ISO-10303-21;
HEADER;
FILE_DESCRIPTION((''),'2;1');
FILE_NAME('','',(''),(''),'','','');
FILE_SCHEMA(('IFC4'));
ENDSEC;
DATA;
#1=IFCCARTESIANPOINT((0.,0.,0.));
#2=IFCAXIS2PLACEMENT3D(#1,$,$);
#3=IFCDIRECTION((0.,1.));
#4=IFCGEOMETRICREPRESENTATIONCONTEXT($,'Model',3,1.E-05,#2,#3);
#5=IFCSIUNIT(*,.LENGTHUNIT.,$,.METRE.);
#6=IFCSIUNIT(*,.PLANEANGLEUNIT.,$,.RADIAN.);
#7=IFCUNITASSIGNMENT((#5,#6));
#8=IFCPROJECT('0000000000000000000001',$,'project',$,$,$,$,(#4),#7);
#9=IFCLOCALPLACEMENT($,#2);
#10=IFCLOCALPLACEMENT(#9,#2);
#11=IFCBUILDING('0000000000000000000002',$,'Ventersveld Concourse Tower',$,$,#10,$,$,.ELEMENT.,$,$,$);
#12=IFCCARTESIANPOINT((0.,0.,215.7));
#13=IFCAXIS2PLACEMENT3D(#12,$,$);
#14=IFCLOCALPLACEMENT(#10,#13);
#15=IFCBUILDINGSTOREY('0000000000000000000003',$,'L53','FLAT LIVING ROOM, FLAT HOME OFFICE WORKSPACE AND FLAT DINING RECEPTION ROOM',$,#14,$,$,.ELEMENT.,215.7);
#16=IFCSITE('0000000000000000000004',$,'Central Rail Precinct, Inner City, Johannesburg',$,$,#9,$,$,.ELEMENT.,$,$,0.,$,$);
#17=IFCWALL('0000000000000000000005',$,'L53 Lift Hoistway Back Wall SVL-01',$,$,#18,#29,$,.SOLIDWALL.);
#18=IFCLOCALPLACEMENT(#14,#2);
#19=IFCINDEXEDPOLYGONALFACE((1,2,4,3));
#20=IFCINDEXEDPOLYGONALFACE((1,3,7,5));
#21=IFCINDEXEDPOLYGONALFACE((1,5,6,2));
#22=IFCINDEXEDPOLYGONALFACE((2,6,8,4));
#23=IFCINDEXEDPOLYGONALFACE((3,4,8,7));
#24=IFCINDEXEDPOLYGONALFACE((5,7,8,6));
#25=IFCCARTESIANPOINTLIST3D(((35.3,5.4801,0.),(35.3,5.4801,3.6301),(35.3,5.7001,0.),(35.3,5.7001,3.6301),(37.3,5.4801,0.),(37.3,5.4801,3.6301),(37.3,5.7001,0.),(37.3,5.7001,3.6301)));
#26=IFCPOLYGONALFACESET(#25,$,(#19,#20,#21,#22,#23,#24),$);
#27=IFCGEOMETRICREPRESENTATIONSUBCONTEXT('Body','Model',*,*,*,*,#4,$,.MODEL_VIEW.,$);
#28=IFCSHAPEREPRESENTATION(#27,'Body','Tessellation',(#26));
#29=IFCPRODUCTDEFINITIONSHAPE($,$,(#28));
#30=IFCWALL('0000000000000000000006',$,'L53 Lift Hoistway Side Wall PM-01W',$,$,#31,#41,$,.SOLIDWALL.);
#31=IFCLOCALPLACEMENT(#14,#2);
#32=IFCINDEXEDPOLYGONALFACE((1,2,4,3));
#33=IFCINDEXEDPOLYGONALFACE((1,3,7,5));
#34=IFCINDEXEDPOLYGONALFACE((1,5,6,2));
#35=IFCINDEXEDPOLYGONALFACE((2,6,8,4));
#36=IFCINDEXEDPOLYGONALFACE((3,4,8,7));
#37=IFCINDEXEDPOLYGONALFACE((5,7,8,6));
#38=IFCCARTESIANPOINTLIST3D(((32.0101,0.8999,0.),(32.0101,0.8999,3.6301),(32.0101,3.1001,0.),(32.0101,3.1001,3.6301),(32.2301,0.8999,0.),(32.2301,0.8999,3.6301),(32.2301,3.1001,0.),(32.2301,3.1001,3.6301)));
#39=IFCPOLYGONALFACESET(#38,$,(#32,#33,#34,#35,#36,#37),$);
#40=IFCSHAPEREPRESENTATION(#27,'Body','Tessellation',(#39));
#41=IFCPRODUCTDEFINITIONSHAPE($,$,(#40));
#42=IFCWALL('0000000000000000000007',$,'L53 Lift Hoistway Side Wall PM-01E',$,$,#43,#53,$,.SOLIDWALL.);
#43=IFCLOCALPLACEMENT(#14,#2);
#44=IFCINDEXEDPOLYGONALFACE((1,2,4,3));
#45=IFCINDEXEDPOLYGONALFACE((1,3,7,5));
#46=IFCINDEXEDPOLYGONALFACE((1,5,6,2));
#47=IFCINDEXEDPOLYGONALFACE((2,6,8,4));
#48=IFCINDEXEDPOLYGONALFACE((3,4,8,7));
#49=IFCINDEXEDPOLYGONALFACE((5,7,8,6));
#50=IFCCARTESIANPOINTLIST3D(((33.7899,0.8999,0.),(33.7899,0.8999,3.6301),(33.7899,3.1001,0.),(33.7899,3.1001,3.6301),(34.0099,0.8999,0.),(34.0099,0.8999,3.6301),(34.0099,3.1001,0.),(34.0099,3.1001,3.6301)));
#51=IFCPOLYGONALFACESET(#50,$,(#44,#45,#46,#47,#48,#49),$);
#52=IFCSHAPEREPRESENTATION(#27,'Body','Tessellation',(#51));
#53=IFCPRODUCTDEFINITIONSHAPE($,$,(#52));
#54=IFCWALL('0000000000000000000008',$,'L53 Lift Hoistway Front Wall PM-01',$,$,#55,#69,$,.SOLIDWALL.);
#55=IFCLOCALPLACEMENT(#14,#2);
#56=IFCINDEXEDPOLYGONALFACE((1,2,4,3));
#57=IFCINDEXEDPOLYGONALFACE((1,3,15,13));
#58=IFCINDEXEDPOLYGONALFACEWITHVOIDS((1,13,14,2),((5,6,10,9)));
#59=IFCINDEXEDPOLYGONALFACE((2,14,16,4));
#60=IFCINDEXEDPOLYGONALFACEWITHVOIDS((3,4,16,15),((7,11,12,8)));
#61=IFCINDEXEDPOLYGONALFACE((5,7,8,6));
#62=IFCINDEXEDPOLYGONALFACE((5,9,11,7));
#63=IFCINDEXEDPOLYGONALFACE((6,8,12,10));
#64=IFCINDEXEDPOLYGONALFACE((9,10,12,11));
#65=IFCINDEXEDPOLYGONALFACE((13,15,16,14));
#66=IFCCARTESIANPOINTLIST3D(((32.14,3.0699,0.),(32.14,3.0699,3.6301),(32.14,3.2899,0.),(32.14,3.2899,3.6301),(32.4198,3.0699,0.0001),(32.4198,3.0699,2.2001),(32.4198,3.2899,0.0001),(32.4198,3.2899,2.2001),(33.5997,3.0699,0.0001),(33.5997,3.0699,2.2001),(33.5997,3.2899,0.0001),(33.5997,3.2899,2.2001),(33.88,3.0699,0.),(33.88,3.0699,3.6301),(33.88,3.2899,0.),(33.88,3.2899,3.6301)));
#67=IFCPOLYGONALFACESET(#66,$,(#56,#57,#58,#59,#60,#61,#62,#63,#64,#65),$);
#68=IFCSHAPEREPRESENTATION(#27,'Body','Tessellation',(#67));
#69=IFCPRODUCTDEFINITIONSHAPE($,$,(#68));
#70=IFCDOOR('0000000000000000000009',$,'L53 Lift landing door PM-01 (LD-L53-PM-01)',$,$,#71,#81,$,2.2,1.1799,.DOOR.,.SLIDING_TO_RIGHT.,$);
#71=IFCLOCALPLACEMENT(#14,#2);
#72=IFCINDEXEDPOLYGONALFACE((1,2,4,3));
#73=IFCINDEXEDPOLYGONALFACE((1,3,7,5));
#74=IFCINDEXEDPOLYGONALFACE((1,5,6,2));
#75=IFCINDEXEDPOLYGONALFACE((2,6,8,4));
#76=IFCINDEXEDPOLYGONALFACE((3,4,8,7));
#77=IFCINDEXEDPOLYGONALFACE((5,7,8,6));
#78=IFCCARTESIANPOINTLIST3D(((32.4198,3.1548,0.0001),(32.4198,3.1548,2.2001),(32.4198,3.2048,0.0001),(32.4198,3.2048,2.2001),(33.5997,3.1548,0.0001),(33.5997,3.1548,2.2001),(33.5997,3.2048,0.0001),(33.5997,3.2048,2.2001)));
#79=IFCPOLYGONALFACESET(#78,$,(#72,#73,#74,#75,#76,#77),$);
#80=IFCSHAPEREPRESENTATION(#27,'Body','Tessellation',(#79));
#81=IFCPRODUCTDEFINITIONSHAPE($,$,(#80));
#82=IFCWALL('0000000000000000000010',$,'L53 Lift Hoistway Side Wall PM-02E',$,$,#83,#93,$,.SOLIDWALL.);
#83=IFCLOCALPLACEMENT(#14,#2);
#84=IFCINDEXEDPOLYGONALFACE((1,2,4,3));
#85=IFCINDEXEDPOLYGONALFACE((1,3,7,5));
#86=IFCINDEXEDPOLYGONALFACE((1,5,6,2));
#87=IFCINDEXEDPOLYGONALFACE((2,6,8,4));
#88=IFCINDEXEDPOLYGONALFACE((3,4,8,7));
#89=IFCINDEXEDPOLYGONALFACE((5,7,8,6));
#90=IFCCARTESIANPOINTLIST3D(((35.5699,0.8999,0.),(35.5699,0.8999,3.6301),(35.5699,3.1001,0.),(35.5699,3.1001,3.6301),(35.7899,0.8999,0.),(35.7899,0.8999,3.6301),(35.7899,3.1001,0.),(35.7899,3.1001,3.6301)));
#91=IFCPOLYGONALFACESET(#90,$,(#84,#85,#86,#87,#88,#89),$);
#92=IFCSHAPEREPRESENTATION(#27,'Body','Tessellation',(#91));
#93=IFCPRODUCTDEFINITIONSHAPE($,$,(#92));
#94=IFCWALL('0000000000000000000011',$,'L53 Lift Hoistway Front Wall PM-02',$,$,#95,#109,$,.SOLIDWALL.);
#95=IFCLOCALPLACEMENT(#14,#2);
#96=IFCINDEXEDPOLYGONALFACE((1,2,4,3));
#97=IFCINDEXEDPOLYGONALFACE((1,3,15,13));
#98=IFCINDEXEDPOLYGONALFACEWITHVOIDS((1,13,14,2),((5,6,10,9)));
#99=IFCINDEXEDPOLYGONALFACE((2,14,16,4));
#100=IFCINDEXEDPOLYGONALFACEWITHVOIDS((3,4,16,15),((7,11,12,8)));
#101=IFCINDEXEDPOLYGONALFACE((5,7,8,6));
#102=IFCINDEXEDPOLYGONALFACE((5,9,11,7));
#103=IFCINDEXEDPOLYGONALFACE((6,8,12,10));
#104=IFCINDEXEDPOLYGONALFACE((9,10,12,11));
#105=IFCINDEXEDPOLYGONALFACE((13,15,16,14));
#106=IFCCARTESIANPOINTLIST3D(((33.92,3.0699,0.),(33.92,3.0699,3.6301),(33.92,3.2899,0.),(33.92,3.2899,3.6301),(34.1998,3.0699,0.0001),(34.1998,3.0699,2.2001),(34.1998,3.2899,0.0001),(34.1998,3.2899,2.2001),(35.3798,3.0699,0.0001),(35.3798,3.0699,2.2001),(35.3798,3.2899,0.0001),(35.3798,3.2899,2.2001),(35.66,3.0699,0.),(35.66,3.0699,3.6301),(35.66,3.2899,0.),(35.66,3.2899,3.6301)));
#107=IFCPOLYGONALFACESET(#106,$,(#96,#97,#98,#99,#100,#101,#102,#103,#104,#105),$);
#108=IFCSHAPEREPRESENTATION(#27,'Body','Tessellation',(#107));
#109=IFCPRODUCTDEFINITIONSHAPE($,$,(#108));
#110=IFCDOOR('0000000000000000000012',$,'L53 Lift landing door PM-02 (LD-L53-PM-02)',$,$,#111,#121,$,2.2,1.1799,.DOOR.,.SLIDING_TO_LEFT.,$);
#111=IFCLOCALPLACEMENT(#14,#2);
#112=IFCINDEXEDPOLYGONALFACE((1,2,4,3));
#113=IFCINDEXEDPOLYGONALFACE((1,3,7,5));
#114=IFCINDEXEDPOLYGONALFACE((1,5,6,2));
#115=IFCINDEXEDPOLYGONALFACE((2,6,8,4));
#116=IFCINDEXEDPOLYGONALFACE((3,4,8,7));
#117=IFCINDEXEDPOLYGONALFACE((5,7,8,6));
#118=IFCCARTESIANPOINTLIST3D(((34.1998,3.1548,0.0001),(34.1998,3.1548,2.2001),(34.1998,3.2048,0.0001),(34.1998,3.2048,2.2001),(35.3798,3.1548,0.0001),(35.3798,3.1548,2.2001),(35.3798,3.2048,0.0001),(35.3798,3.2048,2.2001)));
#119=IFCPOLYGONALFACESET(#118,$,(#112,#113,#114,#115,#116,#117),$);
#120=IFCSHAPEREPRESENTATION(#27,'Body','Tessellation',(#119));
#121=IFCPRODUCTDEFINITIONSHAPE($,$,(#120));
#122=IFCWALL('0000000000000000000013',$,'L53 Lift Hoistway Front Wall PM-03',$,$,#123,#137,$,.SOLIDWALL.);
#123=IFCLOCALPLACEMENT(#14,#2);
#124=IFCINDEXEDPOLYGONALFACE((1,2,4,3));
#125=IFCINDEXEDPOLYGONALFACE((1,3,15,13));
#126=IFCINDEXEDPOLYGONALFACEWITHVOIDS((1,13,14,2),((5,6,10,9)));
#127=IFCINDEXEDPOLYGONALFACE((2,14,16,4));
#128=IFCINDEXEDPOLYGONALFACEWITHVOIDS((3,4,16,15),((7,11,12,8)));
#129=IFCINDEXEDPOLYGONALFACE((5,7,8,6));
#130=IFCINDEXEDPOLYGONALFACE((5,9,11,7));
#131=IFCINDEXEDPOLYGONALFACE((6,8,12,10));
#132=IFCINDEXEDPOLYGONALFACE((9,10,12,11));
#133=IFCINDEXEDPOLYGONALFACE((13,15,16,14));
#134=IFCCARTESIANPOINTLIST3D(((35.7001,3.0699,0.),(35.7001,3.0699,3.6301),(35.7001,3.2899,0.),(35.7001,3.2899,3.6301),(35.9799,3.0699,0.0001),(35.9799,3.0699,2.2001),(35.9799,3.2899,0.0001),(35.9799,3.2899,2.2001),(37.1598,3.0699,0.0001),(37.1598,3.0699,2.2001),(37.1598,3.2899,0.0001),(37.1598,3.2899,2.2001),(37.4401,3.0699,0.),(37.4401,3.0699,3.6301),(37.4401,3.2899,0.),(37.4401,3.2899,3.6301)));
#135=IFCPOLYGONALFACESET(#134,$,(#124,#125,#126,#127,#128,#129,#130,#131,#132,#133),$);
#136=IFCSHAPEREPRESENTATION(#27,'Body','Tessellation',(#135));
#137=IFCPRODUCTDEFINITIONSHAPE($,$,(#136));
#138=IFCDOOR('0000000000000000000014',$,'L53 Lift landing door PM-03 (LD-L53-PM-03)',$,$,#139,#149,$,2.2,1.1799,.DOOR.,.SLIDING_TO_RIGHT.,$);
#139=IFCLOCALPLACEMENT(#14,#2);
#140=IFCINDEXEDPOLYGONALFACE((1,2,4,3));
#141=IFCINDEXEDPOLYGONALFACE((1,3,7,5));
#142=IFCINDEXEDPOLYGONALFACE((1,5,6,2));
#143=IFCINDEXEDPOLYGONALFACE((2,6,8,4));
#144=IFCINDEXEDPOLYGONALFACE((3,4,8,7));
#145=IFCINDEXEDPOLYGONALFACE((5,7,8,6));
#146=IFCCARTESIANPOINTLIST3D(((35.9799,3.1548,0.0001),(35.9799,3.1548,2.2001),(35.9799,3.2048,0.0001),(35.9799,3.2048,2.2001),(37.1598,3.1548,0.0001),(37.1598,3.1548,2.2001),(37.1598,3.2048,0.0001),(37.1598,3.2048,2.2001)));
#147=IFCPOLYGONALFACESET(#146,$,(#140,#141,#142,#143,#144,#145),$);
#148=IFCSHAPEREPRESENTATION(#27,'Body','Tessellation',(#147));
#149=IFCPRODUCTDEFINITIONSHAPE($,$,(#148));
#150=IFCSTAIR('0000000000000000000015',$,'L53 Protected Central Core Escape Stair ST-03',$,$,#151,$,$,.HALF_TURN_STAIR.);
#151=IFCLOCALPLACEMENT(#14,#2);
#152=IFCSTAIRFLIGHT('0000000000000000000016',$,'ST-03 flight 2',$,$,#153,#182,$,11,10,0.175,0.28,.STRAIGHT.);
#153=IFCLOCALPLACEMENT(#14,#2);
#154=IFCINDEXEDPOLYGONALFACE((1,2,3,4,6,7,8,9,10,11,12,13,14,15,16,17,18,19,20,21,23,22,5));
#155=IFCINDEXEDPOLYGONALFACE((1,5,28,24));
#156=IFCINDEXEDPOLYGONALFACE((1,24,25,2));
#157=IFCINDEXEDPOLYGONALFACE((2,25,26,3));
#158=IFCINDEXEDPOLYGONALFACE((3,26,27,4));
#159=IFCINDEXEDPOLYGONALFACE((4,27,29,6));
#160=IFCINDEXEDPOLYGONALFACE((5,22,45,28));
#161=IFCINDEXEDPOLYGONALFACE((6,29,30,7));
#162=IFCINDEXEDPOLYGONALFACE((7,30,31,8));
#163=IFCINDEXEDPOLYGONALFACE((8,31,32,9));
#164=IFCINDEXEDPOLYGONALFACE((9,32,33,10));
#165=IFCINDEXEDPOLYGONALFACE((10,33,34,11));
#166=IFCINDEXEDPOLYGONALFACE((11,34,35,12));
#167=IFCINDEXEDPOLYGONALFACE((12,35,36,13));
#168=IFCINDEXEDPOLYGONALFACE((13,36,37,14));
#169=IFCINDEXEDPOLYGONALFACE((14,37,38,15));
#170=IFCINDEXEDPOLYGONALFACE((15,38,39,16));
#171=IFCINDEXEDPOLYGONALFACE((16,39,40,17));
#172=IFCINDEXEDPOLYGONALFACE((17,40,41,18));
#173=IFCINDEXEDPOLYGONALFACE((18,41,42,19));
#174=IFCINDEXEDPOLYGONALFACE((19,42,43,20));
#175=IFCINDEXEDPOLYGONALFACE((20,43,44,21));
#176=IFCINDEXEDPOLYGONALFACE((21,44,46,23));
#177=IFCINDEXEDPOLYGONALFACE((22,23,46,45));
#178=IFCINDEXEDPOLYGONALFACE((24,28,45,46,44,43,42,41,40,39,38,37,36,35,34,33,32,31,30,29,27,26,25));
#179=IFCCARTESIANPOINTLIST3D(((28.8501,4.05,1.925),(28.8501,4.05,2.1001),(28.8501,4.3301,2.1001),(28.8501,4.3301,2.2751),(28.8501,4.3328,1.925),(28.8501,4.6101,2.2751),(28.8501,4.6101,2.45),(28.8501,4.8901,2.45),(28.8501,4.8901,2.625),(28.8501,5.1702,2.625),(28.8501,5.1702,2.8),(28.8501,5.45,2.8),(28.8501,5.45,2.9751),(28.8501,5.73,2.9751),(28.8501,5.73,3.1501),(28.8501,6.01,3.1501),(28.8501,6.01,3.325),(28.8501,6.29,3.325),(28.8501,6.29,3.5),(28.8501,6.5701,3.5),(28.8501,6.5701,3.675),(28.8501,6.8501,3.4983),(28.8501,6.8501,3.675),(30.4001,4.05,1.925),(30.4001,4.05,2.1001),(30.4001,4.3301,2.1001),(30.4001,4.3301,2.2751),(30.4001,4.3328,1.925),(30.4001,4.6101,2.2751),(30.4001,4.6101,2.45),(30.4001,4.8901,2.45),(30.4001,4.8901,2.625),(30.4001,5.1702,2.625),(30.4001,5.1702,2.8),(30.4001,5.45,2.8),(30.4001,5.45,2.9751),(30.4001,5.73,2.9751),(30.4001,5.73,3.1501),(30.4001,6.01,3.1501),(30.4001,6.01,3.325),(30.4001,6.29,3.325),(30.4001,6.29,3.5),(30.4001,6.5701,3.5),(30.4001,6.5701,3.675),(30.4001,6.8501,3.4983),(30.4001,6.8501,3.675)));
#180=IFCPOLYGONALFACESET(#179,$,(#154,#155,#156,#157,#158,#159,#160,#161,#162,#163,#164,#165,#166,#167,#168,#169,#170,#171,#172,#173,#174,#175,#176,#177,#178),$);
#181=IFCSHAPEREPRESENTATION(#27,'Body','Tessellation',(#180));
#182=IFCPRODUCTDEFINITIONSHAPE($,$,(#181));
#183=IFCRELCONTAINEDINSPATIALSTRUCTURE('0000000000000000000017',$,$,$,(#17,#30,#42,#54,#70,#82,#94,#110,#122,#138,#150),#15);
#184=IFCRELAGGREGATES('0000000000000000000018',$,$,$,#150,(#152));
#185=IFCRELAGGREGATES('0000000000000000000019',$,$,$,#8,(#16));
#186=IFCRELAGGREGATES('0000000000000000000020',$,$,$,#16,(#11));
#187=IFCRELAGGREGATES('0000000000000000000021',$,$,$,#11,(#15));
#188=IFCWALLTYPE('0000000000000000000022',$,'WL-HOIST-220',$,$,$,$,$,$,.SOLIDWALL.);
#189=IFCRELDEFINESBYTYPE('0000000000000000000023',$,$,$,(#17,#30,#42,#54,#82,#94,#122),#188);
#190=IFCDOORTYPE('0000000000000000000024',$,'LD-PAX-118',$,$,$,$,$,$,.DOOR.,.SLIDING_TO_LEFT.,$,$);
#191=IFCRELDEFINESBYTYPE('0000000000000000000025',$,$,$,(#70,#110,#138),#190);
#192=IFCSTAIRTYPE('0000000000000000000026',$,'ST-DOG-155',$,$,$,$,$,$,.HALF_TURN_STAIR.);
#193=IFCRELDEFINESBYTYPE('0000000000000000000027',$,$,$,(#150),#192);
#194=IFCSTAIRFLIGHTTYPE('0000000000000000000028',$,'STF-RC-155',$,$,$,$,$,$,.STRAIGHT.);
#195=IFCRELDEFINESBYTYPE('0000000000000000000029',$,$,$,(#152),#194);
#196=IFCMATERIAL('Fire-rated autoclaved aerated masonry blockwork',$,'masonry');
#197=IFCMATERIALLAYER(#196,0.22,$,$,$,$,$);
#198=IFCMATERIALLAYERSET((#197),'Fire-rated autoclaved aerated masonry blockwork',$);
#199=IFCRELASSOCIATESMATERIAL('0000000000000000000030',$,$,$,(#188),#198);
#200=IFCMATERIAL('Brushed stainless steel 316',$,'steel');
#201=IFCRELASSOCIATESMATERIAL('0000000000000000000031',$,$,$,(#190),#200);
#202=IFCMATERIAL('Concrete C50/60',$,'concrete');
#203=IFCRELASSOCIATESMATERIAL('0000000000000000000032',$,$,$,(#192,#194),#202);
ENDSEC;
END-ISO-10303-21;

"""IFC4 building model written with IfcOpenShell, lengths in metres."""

from ifc_helpers import new_model, si_unit, direction, frame, frame_2d, origin, place, context, subcontext, project, spatial, polyline, rectangle, outline, extrude, material, layer, layer_set, type_object, element, fill, aggregate, save


model = new_model("IFC4")

# Units and contexts
model_context = context("Model", 3, precision=1e-05, world=origin(), true_north=direction((0.0, 1.0)))
body_context = subcontext(model_context, "Body", "Model", "MODEL_VIEW")
ifc_project = project(units=[si_unit("LENGTHUNIT", "METRE"), si_unit("PLANEANGLEUNIT", "RADIAN")], contexts=[model_context])

# Site, building, storey
site_placement = place(None, origin())
site = spatial("IfcSite", under=ifc_project, at=site_placement, Name="Central Rail Precinct, Inner City, Johannesburg", CompositionType="ELEMENT", RefElevation=0.0)
building_placement = place(site_placement, origin())
building = spatial("IfcBuilding", under=site, at=building_placement, Name="Ventersveld Concourse Tower", CompositionType="ELEMENT")
storey_placement = place(building_placement, frame((0.0, 0.0, 215.7)))
storey = spatial("IfcBuildingStorey", under=building, at=storey_placement, Name="L53", Description="FLAT LIVING ROOM, FLAT HOME OFFICE WORKSPACE AND FLAT DINING RECEPTION ROOM", CompositionType="ELEMENT", Elevation=215.7)

# Shared definitions
ifc_material_1 = material(Name="Concrete C50/60", Category="concrete")

# Walls
ifc_material_2 = material(Name="Fire-rated autoclaved aerated masonry blockwork", Category="masonry")
ifc_layer_1 = layer(ifc_material_2, 0.22)
ifc_layer_set_1 = layer_set([ifc_layer_1], Name="Fire-rated autoclaved aerated masonry blockwork")
wall_type_1 = type_object("IfcWallType", Name="WL-HOIST-220", PredefinedType="SOLIDWALL", material=ifc_layer_set_1)
wall_1_placement = place(storey_placement, frame((35.3, 5.5901, 0.0), z_axis=(0.0, 0.0, 1.0), x_axis=(1.0, 0.0, 0.0)))
element("IfcWall", 1, at=wall_1_placement, inside=storey, type_object=wall_type_1, Name="L53 Lift Hoistway Back Wall SVL-01", PredefinedType="SOLIDWALL", context=body_context, shape_type="SweptSolid", body=[
    extrude(rectangle(XDim=2.0, YDim=0.22, at=frame_2d((1.0, 0.0))), origin(), (0.0, 0.0, 1.0), 3.6301),
])
for number, where, z_axis, x_axis, name in (
    (2, (32.1201, 0.8999, 0.0), (0.0, 0.0, 1.0), (0.0, 1.0, 0.0), "L53 Lift Hoistway Side Wall PM-01W"),
    (3, (33.8999, 0.8999, 0.0), (0.0, 0.0, 1.0), (0.0, 1.0, 0.0), "L53 Lift Hoistway Side Wall PM-01E"),
):
    element("IfcWall", number, at=place(storey_placement, frame(where, z_axis=z_axis, x_axis=x_axis)), inside=storey, type_object=wall_type_1, Name=name, PredefinedType="SOLIDWALL", context=body_context, shape_type="SweptSolid", body=[
        extrude(rectangle(XDim=2.2002, YDim=0.22, at=frame_2d((1.1001, 0.0))), origin(), (0.0, 0.0, 1.0), 3.6301),
    ])

# Wall, opening, door
wall_2_placement = place(storey_placement, frame((32.1399, 3.1799, 0.0), z_axis=(0.0, 0.0, 1.0), x_axis=(1.0, 0.0, 0.0)))
wall_2 = element("IfcWall", 4, at=wall_2_placement, inside=storey, type_object=wall_type_1, Name="L53 Lift Hoistway Front Wall PM-01", PredefinedType="SOLIDWALL", context=body_context, shape_type="SweptSolid", body=[
    extrude(rectangle(XDim=1.74, YDim=0.22, at=frame_2d((0.8701, 0.0))), origin(), (0.0, 0.0, 1.0), 3.6301),
])
opening_1_placement = place(wall_2_placement, frame((0.28, 0.0, 0.0)))
opening_1 = element("IfcOpeningElement", 5, at=opening_1_placement, cuts=wall_2, PredefinedType="OPENING", context=body_context, shape_type="SweptSolid", body=[
    extrude(rectangle(XDim=1.1799, YDim=2.2, at=frame_2d((0.5898, 1.1001))), frame((0.0, 0.1201, 0.0), z_axis=(0.0, -1.0, 0.0), x_axis=(1.0, 0.0, 0.0)), (0.0, 0.0, 1.0), 0.24),
])
ifc_material_3 = material(Name="Brushed stainless steel 316", Category="steel")
door_type = type_object("IfcDoorType", Name="LD-PAX-118", OperationType="SLIDING_TO_LEFT", PredefinedType="DOOR", material=ifc_material_3)
door_1_placement = place(opening_1_placement, origin())
door_1 = element("IfcDoor", 6, at=door_1_placement, inside=storey, type_object=door_type, Name="L53 Lift landing door PM-01 (LD-L53-PM-01)", OperationType="SLIDING_TO_RIGHT", OverallHeight=2.2, OverallWidth=1.1799, PredefinedType="DOOR", context=body_context, shape_type="SweptSolid", body=[
    extrude(rectangle(XDim=1.1799, YDim=2.2, at=frame_2d((0.5898, 1.1001))), frame((0.0, 0.0249, 0.0), z_axis=(0.0, -1.0, 0.0), x_axis=(1.0, 0.0, 0.0)), (0.0, 0.0, 1.0), 0.05),
])
fill(opening_1, door_1)

# Wall
wall_3_placement = place(storey_placement, frame((35.6799, 0.8999, 0.0), z_axis=(0.0, 0.0, 1.0), x_axis=(0.0, 1.0, 0.0)))
element("IfcWall", 7, at=wall_3_placement, inside=storey, type_object=wall_type_1, Name="L53 Lift Hoistway Side Wall PM-02E", PredefinedType="SOLIDWALL", context=body_context, shape_type="SweptSolid", body=[
    extrude(rectangle(XDim=2.2002, YDim=0.22, at=frame_2d((1.1001, 0.0))), origin(), (0.0, 0.0, 1.0), 3.6301),
])

# Walls, openings, doors
wall_4_placement = place(storey_placement, frame((33.9199, 3.1799, 0.0), z_axis=(0.0, 0.0, 1.0), x_axis=(1.0, 0.0, 0.0)))
wall_4 = element("IfcWall", 8, at=wall_4_placement, inside=storey, type_object=wall_type_1, Name="L53 Lift Hoistway Front Wall PM-02", PredefinedType="SOLIDWALL", context=body_context, shape_type="SweptSolid", body=[
    extrude(rectangle(XDim=1.74, YDim=0.22, at=frame_2d((0.8701, 0.0))), origin(), (0.0, 0.0, 1.0), 3.6301),
])
opening_2_placement = place(wall_4_placement, frame((0.28, 0.0, 0.0)))
opening_2 = element("IfcOpeningElement", 9, at=opening_2_placement, cuts=wall_4, PredefinedType="OPENING", context=body_context, shape_type="SweptSolid", body=[
    extrude(rectangle(XDim=1.1799, YDim=2.2, at=frame_2d((0.5898, 1.1001))), frame((0.0, 0.1201, 0.0), z_axis=(0.0, -1.0, 0.0), x_axis=(1.0, 0.0, 0.0)), (0.0, 0.0, 1.0), 0.24),
])
door_2_placement = place(opening_2_placement, origin())
door_2 = element("IfcDoor", 10, at=door_2_placement, inside=storey, type_object=door_type, Name="L53 Lift landing door PM-02 (LD-L53-PM-02)", OperationType="SLIDING_TO_LEFT", OverallHeight=2.2, OverallWidth=1.1799, PredefinedType="DOOR", context=body_context, shape_type="SweptSolid", body=[
    extrude(rectangle(XDim=1.1799, YDim=2.2, at=frame_2d((0.5898, 1.1001))), frame((0.0, 0.0249, 0.0), z_axis=(0.0, -1.0, 0.0), x_axis=(1.0, 0.0, 0.0)), (0.0, 0.0, 1.0), 0.05),
])
fill(opening_2, door_2)
wall_5_placement = place(storey_placement, frame((35.7, 3.1799, 0.0), z_axis=(0.0, 0.0, 1.0), x_axis=(1.0, 0.0, 0.0)))
wall_5 = element("IfcWall", 11, at=wall_5_placement, inside=storey, type_object=wall_type_1, Name="L53 Lift Hoistway Front Wall PM-03", PredefinedType="SOLIDWALL", context=body_context, shape_type="SweptSolid", body=[
    extrude(rectangle(XDim=1.74, YDim=0.22, at=frame_2d((0.8701, 0.0))), origin(), (0.0, 0.0, 1.0), 3.6301),
])
opening_3_placement = place(wall_5_placement, frame((0.28, 0.0, 0.0)))
opening_3 = element("IfcOpeningElement", 12, at=opening_3_placement, cuts=wall_5, PredefinedType="OPENING", context=body_context, shape_type="SweptSolid", body=[
    extrude(rectangle(XDim=1.1799, YDim=2.2, at=frame_2d((0.5898, 1.1001))), frame((0.0, 0.1201, 0.0), z_axis=(0.0, -1.0, 0.0), x_axis=(1.0, 0.0, 0.0)), (0.0, 0.0, 1.0), 0.24),
])
door_3_placement = place(opening_3_placement, origin())
door_3 = element("IfcDoor", 13, at=door_3_placement, inside=storey, type_object=door_type, Name="L53 Lift landing door PM-03 (LD-L53-PM-03)", OperationType="SLIDING_TO_RIGHT", OverallHeight=2.2, OverallWidth=1.1799, PredefinedType="DOOR", context=body_context, shape_type="SweptSolid", body=[
    extrude(rectangle(XDim=1.1799, YDim=2.2, at=frame_2d((0.5898, 1.1001))), frame((0.0, 0.0249, 0.0), z_axis=(0.0, -1.0, 0.0), x_axis=(1.0, 0.0, 0.0)), (0.0, 0.0, 1.0), 0.05),
])
fill(opening_3, door_3)

# Stair, stair flight
stair_type = type_object("IfcStairType", Name="ST-DOG-155", PredefinedType="HALF_TURN_STAIR", material=ifc_material_1)
stair_placement = place(storey_placement, origin())
stair = element("IfcStair", 14, at=stair_placement, inside=storey, type_object=stair_type, Name="L53 Protected Central Core Escape Stair ST-03", PredefinedType="HALF_TURN_STAIR")
stair_flight_type = type_object("IfcStairFlightType", Name="STF-RC-155", PredefinedType="STRAIGHT", material=ifc_material_1)
stair_flight_placement = place(storey_placement, frame((29.625, 4.05, 1.925), z_axis=(0.0, 0.0, 1.0), x_axis=(0.0, 1.0, 0.0)))
stair_flight = element("IfcStairFlight", 15, at=stair_flight_placement, type_object=stair_flight_type, Name="ST-03 flight 2", NumberOfRisers=11, NumberOfTreads=10, PredefinedType="STRAIGHT", RiserHeight=0.175, TreadLength=0.28, context=body_context, shape_type="SweptSolid", body=[
    extrude(outline(polyline([(0.0, 0.0), (0.0, 0.175), (0.28, 0.175), (0.28, 0.3501), (0.5601, 0.3501), (0.5601, 0.5249), (0.8401, 0.5249), (0.8401, 0.7), (1.1201, 0.7), (1.1201, 0.875), (1.3999, 0.875), (1.3999, 1.05), (1.6799, 1.05), (1.6799, 1.2251), (1.96, 1.2251), (1.96, 1.3999), (2.24, 1.3999), (2.24, 1.575), (2.52, 1.575), (2.52, 1.75), (2.8, 1.75), (2.8, 1.925), (2.8, 1.5732), (0.2827, 0.0), (0.0, 0.0)])), frame((0.0, 0.7749, 0.0), z_axis=(0.0, -1.0, 0.0), x_axis=(1.0, 0.0, 0.0)), (0.0, 0.0, 1.0), 1.55),
])
aggregate(stair, [stair_flight])

save(model, "model.ifc")
